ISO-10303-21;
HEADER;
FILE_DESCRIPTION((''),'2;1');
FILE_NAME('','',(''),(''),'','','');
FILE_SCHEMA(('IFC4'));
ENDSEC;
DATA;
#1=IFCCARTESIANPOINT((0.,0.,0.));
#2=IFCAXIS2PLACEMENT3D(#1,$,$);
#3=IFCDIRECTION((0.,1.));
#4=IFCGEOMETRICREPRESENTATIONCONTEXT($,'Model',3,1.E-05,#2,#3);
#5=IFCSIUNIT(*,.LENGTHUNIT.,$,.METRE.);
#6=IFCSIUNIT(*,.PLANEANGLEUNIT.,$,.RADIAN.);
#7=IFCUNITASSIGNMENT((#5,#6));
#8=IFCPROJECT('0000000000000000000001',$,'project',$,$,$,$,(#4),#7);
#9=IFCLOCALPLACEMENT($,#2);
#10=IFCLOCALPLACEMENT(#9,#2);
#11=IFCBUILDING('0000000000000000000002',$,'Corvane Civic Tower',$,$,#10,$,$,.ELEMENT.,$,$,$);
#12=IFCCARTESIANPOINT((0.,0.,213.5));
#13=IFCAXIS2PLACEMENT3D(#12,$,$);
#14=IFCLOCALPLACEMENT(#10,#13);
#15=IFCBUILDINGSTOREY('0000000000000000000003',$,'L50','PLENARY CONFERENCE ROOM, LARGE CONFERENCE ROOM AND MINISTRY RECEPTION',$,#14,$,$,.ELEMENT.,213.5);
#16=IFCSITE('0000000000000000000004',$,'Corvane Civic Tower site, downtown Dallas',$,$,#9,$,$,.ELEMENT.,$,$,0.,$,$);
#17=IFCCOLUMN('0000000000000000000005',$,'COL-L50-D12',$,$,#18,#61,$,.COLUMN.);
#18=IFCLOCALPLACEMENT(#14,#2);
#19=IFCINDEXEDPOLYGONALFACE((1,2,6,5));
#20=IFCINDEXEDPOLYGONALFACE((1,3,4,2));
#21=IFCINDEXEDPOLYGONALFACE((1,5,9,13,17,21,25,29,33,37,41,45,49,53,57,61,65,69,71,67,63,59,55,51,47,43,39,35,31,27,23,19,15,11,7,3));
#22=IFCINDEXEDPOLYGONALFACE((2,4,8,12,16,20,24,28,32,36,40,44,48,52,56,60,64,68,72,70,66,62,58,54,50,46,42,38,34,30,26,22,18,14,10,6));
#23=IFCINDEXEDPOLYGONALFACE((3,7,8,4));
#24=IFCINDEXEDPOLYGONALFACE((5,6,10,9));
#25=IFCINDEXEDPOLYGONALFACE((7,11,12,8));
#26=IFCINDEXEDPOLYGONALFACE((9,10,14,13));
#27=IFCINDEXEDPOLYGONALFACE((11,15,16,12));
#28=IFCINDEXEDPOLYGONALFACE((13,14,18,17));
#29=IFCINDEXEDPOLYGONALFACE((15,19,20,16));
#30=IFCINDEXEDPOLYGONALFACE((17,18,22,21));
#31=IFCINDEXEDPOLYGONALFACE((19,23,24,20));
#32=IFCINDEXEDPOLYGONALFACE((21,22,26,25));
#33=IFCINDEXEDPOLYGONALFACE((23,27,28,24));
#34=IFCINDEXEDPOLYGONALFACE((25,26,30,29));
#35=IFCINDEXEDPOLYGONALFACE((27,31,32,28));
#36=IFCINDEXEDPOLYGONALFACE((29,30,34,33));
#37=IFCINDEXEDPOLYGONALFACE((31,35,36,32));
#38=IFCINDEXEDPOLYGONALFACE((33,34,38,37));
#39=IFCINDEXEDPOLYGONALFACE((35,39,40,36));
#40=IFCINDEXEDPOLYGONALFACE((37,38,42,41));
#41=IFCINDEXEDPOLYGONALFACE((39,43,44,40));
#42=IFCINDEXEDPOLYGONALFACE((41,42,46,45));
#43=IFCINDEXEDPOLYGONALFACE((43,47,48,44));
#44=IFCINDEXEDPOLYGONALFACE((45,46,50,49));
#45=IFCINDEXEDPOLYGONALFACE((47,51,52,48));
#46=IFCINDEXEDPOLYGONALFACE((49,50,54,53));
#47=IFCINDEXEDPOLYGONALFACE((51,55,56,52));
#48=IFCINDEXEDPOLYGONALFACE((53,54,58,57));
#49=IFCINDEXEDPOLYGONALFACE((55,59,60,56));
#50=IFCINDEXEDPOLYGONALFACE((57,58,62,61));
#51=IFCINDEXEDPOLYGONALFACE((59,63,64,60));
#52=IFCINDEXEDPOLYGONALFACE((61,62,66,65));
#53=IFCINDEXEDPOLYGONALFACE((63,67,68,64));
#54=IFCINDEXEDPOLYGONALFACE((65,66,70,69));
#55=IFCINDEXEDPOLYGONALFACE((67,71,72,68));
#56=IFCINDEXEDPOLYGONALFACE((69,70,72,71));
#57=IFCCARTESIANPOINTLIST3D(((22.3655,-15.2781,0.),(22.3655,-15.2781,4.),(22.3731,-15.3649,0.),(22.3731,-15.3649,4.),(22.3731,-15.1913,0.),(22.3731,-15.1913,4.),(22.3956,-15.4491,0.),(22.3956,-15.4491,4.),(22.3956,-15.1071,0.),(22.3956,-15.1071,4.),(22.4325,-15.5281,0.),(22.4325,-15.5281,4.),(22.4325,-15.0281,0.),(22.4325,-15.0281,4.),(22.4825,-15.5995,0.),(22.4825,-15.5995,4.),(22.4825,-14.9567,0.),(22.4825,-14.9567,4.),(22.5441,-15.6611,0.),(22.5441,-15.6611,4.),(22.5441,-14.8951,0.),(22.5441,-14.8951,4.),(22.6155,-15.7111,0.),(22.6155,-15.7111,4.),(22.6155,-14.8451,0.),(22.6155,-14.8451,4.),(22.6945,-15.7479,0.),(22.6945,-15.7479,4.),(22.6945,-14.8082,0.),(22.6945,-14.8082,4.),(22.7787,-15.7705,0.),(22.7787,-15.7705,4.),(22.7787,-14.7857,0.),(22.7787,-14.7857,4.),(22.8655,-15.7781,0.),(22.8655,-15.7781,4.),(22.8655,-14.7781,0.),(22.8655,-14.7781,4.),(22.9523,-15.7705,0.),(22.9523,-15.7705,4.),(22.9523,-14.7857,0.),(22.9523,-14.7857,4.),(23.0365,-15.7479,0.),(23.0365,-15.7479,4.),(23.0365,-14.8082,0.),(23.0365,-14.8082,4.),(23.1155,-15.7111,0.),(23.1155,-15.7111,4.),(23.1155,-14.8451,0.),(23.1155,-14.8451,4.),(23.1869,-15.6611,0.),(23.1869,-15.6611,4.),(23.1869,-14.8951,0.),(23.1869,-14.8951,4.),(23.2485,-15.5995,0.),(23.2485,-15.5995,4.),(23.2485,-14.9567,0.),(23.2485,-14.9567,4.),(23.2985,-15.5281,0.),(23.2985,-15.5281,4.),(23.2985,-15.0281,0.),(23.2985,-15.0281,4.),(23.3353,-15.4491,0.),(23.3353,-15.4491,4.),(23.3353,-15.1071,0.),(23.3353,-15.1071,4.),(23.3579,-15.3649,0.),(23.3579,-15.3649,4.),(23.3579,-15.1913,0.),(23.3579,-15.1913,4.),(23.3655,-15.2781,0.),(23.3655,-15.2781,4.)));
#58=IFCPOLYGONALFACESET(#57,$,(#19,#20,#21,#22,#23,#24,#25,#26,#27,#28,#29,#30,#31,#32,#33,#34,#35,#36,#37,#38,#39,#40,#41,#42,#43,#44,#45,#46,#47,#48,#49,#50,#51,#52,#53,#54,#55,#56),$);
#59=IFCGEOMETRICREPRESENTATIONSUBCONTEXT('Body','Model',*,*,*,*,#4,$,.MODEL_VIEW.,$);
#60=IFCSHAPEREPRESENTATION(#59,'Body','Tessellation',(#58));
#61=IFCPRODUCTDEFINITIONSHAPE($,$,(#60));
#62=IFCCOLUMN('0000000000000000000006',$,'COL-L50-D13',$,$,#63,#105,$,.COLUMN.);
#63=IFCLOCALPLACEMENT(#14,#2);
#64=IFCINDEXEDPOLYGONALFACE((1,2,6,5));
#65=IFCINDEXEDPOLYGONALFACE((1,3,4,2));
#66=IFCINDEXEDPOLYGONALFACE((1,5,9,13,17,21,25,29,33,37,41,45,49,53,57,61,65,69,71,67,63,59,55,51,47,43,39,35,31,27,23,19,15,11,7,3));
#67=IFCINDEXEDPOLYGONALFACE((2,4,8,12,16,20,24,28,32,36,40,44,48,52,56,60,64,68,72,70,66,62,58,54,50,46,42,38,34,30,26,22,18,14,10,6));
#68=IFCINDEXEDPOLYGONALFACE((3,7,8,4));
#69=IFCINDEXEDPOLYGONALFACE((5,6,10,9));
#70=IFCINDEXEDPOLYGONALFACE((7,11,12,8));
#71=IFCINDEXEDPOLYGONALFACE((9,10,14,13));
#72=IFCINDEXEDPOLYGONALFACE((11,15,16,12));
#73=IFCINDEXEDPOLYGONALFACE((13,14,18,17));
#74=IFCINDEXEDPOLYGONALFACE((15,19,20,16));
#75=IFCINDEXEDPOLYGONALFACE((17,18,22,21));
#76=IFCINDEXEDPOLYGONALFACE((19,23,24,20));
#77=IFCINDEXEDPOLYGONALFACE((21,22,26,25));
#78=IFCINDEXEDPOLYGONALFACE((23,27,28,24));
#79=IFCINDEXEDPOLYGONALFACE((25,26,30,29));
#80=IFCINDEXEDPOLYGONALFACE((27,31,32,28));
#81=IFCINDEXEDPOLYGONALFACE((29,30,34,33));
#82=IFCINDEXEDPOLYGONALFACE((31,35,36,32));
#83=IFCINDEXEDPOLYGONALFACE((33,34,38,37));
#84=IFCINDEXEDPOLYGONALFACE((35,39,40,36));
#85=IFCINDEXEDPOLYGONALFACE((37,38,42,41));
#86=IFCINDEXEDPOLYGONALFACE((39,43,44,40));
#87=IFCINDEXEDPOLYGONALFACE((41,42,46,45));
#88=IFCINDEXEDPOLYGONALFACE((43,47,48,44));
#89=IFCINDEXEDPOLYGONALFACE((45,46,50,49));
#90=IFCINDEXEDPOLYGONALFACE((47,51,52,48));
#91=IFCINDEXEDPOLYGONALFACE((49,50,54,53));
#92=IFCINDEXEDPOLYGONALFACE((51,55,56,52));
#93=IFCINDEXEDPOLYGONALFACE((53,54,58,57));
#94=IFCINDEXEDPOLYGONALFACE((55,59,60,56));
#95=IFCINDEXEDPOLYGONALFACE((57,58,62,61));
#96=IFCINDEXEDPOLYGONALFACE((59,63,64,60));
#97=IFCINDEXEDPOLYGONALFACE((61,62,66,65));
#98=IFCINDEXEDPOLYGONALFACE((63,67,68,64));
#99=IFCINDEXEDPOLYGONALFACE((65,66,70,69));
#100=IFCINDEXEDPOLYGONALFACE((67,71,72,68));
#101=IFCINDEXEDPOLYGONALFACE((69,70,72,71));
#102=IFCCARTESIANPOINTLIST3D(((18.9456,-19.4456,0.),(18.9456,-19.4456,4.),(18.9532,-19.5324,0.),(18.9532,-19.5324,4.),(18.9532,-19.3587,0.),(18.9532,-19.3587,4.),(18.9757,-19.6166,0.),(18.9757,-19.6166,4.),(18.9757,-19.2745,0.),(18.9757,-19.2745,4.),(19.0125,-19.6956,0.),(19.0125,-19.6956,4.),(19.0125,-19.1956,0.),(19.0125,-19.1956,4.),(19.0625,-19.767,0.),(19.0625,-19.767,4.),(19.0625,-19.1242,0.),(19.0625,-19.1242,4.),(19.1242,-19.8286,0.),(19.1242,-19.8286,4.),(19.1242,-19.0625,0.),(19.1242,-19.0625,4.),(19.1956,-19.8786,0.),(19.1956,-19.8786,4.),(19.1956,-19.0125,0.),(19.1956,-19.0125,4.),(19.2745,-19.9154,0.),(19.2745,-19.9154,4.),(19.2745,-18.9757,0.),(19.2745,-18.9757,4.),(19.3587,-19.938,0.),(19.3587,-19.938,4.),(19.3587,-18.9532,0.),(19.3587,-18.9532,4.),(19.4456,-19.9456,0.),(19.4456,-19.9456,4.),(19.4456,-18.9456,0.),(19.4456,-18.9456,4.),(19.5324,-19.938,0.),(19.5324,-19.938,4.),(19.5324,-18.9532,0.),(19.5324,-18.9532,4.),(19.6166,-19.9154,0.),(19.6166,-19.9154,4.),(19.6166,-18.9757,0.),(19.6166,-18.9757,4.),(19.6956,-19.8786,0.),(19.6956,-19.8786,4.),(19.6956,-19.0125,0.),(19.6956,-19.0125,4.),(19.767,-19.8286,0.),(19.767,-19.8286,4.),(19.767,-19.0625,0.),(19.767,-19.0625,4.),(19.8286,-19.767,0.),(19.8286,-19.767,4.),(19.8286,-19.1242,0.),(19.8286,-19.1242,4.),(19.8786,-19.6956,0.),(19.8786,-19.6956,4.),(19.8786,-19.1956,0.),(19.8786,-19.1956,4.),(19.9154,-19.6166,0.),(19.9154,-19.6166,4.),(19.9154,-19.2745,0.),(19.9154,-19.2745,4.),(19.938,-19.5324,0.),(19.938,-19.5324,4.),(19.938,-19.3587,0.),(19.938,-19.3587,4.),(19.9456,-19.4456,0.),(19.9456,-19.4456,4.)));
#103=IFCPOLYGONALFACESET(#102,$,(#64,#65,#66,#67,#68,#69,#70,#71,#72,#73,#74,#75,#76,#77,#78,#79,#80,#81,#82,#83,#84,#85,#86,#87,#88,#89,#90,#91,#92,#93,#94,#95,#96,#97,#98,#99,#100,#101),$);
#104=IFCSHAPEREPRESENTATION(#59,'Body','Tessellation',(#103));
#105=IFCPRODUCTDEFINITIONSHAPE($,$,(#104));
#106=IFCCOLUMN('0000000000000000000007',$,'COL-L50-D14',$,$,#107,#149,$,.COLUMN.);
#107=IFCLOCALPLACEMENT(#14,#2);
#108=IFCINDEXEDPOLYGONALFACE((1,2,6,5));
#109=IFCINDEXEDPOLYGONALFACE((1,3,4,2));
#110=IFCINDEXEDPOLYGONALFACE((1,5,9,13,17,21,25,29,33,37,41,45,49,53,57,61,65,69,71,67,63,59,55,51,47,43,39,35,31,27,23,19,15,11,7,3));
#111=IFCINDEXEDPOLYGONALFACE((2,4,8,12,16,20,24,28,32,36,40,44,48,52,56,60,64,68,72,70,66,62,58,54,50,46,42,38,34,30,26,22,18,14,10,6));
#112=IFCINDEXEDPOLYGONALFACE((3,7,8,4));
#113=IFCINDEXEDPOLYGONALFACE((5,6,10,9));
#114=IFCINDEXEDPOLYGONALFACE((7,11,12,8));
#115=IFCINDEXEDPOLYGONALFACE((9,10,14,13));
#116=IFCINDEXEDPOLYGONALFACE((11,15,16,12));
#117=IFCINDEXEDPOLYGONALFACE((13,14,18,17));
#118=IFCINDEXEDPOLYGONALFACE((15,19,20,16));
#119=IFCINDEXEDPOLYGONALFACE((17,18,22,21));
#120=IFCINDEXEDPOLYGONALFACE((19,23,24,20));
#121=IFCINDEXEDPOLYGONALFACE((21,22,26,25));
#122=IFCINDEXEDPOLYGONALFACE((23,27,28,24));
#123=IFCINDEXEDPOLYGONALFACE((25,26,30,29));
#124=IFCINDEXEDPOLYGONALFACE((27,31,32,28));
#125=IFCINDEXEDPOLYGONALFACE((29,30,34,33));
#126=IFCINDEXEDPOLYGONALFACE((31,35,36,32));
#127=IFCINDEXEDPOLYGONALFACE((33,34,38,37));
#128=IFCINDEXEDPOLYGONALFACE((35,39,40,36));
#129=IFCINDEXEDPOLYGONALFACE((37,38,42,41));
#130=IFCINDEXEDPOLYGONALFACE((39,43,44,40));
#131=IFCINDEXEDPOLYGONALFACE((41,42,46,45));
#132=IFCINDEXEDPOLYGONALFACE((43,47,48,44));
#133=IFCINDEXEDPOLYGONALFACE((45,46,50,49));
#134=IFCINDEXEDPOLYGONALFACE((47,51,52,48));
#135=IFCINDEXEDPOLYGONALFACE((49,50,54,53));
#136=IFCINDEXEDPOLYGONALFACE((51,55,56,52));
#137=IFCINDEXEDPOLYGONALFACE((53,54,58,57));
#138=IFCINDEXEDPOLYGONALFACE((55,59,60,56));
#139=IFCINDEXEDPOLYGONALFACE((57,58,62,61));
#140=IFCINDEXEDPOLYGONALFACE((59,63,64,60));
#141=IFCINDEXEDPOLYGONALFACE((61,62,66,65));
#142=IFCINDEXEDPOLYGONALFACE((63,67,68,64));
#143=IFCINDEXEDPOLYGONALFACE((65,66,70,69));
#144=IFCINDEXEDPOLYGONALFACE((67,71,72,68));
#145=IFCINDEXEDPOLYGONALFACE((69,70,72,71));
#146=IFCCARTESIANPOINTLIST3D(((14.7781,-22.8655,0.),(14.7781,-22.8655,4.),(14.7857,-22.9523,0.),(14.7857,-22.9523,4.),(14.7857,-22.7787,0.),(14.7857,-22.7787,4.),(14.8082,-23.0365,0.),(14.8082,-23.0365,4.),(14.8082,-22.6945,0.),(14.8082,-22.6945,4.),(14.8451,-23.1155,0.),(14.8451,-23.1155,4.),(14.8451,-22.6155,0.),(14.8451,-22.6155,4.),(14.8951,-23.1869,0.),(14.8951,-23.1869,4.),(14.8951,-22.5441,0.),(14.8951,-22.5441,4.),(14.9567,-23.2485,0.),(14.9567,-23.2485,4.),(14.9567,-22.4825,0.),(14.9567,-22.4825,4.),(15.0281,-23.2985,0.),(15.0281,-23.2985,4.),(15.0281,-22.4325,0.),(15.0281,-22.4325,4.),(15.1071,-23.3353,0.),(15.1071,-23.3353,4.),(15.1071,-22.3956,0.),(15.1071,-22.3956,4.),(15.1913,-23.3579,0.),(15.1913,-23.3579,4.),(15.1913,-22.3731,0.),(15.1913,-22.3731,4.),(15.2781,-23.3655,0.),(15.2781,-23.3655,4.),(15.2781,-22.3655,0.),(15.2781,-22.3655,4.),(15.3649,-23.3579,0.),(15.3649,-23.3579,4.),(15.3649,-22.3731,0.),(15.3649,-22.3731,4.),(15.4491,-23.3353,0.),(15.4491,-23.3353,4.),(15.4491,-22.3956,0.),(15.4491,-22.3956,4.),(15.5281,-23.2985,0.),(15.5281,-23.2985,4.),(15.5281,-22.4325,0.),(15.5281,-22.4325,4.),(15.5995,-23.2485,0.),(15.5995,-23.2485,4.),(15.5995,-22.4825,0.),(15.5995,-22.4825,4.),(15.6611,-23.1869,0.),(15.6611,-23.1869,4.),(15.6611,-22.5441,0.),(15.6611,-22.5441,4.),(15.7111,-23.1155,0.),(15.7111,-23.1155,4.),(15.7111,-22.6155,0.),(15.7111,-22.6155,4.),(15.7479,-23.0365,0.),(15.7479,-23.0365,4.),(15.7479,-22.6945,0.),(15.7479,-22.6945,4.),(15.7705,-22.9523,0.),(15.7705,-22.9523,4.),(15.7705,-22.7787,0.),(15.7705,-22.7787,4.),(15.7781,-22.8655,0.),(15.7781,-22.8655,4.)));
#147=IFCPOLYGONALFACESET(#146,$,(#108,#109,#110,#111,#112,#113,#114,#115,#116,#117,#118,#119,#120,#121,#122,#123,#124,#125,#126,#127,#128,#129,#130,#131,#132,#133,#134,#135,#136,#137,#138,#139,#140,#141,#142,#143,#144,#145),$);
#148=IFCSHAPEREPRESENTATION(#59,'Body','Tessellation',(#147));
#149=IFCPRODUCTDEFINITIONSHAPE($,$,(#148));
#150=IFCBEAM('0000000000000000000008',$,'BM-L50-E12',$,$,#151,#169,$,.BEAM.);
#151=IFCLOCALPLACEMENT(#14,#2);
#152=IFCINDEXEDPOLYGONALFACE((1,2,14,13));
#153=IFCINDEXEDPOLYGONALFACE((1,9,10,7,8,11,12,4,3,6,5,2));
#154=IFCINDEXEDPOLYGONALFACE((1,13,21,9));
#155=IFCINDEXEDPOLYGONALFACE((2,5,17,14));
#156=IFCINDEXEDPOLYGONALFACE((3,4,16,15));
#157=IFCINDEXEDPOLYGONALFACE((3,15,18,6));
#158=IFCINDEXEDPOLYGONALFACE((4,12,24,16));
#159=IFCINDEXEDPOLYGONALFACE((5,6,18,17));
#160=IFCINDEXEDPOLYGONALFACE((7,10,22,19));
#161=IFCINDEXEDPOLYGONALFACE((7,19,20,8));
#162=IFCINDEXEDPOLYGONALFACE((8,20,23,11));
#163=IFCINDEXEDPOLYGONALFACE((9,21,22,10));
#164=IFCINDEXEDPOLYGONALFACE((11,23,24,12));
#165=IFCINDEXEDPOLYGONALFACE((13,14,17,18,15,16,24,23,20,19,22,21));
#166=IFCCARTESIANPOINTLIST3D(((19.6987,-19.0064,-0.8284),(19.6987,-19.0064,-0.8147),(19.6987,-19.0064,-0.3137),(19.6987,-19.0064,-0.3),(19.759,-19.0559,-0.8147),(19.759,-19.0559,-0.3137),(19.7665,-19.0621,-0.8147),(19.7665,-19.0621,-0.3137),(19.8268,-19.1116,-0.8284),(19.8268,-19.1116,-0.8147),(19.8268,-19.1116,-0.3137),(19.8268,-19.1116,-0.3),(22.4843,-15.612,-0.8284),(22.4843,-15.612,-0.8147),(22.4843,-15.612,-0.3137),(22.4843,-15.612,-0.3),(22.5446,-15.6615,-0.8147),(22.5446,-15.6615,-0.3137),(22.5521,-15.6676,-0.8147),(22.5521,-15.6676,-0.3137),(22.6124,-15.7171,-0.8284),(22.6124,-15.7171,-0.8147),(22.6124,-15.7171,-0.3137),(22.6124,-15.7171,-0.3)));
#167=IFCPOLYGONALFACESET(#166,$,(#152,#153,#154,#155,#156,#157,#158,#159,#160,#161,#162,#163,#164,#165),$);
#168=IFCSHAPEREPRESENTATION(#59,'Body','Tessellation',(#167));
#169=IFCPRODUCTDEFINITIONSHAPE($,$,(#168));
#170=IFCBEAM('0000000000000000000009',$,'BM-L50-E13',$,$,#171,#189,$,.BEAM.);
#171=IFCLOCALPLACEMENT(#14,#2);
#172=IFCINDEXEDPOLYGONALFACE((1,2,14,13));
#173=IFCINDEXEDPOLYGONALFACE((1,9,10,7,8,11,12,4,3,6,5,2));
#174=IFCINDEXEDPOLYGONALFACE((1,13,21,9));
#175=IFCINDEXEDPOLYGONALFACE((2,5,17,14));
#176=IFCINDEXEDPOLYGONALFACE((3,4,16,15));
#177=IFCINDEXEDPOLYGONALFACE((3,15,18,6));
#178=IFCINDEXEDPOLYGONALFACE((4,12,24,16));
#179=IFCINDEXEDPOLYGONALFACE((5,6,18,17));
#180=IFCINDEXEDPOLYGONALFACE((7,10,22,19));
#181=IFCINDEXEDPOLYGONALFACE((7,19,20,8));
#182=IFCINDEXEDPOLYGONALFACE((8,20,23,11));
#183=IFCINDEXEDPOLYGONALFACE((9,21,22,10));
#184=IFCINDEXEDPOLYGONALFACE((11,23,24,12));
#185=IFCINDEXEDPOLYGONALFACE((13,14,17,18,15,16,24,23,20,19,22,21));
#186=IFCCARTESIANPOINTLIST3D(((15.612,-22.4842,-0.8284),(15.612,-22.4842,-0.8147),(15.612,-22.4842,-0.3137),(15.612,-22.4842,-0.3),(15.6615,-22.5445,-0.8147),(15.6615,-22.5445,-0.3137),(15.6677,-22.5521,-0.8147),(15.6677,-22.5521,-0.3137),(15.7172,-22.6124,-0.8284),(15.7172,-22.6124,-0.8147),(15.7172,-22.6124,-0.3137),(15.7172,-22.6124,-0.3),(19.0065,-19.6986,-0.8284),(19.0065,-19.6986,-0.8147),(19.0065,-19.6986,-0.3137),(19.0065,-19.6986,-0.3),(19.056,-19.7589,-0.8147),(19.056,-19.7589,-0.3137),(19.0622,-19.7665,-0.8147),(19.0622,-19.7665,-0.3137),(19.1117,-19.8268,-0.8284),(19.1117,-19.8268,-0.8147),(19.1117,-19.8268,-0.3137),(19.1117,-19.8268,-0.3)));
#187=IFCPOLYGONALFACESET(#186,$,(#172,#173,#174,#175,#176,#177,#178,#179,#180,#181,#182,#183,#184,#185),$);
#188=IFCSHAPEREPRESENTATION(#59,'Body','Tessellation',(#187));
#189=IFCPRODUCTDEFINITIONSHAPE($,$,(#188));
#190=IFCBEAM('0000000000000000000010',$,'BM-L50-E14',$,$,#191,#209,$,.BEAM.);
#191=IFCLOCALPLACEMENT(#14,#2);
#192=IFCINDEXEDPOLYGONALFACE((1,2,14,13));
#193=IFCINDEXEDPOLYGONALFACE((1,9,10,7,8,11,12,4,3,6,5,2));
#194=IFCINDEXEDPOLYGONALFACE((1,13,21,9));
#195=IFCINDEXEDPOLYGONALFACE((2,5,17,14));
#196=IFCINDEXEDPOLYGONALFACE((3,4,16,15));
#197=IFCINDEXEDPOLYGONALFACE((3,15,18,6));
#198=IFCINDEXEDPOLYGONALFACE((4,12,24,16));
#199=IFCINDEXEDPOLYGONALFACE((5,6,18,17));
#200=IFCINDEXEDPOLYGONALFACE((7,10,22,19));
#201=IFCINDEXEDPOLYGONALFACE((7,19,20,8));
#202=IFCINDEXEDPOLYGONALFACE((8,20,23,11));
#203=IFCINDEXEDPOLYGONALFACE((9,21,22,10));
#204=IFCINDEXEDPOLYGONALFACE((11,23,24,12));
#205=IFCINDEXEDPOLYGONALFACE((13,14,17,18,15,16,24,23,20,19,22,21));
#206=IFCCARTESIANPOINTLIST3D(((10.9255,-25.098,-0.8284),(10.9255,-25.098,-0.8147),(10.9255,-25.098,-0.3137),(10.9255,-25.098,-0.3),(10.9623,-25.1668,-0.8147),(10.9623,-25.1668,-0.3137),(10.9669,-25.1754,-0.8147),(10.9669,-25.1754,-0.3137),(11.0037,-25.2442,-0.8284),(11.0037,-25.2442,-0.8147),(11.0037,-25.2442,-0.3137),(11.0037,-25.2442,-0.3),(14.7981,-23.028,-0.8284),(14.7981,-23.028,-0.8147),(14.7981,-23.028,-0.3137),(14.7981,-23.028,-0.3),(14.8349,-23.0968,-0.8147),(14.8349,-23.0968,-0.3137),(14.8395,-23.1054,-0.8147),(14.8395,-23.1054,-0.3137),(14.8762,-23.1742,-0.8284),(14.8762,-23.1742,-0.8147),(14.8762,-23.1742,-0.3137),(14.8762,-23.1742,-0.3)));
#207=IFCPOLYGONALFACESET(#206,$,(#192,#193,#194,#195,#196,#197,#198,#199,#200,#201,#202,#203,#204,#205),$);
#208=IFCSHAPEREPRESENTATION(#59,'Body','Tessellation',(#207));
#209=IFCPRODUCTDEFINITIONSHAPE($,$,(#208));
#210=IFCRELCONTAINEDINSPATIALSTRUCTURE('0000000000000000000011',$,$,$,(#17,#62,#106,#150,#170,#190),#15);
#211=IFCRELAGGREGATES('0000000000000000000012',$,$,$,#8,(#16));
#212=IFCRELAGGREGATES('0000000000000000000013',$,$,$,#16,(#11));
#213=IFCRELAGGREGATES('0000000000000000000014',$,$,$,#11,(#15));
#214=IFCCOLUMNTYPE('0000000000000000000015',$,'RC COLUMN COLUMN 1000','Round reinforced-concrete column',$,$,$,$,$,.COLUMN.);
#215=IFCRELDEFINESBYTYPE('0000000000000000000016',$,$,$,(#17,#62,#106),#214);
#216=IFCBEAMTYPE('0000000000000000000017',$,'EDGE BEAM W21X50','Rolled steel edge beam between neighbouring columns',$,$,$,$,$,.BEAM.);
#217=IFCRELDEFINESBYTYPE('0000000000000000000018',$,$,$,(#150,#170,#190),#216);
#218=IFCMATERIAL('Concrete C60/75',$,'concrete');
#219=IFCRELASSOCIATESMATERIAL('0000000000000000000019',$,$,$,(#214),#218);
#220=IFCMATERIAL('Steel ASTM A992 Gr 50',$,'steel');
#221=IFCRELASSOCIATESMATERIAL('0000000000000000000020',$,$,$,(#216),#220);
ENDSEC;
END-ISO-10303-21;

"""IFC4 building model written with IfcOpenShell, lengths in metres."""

from ifc_helpers import new_model, si_unit, direction, frame, origin, origin_2d, place, context, subcontext, project, spatial, circle, i_section, extrude, material, material_profile, profile_set, type_object, element, save


model = new_model("IFC4")

# Units and contexts
model_context = context("Model", 3, precision=1e-05, world=origin(), true_north=direction((0.0, 1.0)))
body_context = subcontext(model_context, "Body", "Model", "MODEL_VIEW")
ifc_project = project(units=[si_unit("LENGTHUNIT", "METRE"), si_unit("PLANEANGLEUNIT", "RADIAN")], contexts=[model_context])

# Site, building, storey
site_placement = place(None, origin())
site = spatial("IfcSite", under=ifc_project, at=site_placement, Name="Corvane Civic Tower site, downtown Dallas", CompositionType="ELEMENT", RefElevation=0.0)
building_placement = place(site_placement, origin())
building = spatial("IfcBuilding", under=site, at=building_placement, Name="Corvane Civic Tower", CompositionType="ELEMENT")
storey_placement = place(building_placement, frame((0.0, 0.0, 213.5)))
storey = spatial("IfcBuildingStorey", under=building, at=storey_placement, Name="L50", Description="PLENARY CONFERENCE ROOM, LARGE CONFERENCE ROOM AND MINISTRY RECEPTION", CompositionType="ELEMENT", Elevation=213.5)

# Columns
ifc_material_1 = material(Name="Concrete C60/75", Category="concrete")
ifc_material_profile_1 = material_profile(ifc_material_1, circle(Radius=0.5, at=origin_2d()), Name="COLUMN 1000")
ifc_profile_set_1 = profile_set([ifc_material_profile_1], Name="Concrete C60/75")
column_type = type_object("IfcColumnType", Name="RC COLUMN COLUMN 1000", Description="Round reinforced-concrete column", PredefinedType="COLUMN", material=ifc_profile_set_1)
for number, where, z_axis, x_axis, name in (
    (1, (22.8655, -15.2781, 0.0), (0.0, 0.0, 1.0), (1.0, 0.0, 0.0), "COL-L50-D12"),
    (2, (19.4456, -19.4456, 0.0), (0.0, 0.0, 1.0), (1.0, 0.0, 0.0), "COL-L50-D13"),
    (3, (15.2781, -22.8655, 0.0), (0.0, 0.0, 1.0), (1.0, 0.0, 0.0), "COL-L50-D14"),
):
    element("IfcColumn", number, at=place(storey_placement, frame(where, z_axis=z_axis, x_axis=x_axis)), inside=storey, type_object=column_type, Name=name, PredefinedType="COLUMN", context=body_context, shape_type="SweptSolid", body=[
        extrude(circle(Radius=0.5, at=origin_2d()), origin(), (0.0, 0.0, 1.0), 4.0),
    ])

# Beams
ifc_material_2 = material(Name="Steel ASTM A992 Gr 50", Category="steel")
ifc_material_profile_2 = material_profile(ifc_material_2, i_section(OverallWidth=0.1658, OverallDepth=0.5283, WebThickness=0.0098, FlangeThickness=0.0137, at=origin_2d()), Name="W21X50")
ifc_profile_set_2 = profile_set([ifc_material_profile_2], Name="Steel ASTM A992 Gr 50")
beam_type_1 = type_object("IfcBeamType", Name="EDGE BEAM W21X50", Description="Rolled steel edge beam between neighbouring columns", PredefinedType="BEAM", material=ifc_profile_set_2)
for number, where, z_axis, x_axis, name in (
    (4, (22.5483, -15.6646, -0.5642), (-0.634369, -0.77303, 0.0), (0.77303, -0.634369, 0.0), "BM-L50-E12"),
    (5, (19.0591, -19.7627, -0.5642), (-0.77303, -0.634369, 0.0), (0.634369, -0.77303, 0.0), "BM-L50-E13"),
    (6, (14.8372, -23.1011, -0.5642), (-0.881908, -0.471422, 0.0), (0.471422, -0.881908, 0.0), "BM-L50-E14"),
):
    element("IfcBeam", number, at=place(storey_placement, frame(where, z_axis=z_axis, x_axis=x_axis)), inside=storey, type_object=beam_type_1, Name=name, PredefinedType="BEAM", context=body_context, shape_type="SweptSolid", body=[
        extrude(i_section(OverallWidth=0.1658, OverallDepth=0.5283, WebThickness=0.0098, FlangeThickness=0.0137, at=origin_2d()), origin(), (0.0, 0.0, 1.0), 4.3911),
    ])

save(model, "model.ifc")
